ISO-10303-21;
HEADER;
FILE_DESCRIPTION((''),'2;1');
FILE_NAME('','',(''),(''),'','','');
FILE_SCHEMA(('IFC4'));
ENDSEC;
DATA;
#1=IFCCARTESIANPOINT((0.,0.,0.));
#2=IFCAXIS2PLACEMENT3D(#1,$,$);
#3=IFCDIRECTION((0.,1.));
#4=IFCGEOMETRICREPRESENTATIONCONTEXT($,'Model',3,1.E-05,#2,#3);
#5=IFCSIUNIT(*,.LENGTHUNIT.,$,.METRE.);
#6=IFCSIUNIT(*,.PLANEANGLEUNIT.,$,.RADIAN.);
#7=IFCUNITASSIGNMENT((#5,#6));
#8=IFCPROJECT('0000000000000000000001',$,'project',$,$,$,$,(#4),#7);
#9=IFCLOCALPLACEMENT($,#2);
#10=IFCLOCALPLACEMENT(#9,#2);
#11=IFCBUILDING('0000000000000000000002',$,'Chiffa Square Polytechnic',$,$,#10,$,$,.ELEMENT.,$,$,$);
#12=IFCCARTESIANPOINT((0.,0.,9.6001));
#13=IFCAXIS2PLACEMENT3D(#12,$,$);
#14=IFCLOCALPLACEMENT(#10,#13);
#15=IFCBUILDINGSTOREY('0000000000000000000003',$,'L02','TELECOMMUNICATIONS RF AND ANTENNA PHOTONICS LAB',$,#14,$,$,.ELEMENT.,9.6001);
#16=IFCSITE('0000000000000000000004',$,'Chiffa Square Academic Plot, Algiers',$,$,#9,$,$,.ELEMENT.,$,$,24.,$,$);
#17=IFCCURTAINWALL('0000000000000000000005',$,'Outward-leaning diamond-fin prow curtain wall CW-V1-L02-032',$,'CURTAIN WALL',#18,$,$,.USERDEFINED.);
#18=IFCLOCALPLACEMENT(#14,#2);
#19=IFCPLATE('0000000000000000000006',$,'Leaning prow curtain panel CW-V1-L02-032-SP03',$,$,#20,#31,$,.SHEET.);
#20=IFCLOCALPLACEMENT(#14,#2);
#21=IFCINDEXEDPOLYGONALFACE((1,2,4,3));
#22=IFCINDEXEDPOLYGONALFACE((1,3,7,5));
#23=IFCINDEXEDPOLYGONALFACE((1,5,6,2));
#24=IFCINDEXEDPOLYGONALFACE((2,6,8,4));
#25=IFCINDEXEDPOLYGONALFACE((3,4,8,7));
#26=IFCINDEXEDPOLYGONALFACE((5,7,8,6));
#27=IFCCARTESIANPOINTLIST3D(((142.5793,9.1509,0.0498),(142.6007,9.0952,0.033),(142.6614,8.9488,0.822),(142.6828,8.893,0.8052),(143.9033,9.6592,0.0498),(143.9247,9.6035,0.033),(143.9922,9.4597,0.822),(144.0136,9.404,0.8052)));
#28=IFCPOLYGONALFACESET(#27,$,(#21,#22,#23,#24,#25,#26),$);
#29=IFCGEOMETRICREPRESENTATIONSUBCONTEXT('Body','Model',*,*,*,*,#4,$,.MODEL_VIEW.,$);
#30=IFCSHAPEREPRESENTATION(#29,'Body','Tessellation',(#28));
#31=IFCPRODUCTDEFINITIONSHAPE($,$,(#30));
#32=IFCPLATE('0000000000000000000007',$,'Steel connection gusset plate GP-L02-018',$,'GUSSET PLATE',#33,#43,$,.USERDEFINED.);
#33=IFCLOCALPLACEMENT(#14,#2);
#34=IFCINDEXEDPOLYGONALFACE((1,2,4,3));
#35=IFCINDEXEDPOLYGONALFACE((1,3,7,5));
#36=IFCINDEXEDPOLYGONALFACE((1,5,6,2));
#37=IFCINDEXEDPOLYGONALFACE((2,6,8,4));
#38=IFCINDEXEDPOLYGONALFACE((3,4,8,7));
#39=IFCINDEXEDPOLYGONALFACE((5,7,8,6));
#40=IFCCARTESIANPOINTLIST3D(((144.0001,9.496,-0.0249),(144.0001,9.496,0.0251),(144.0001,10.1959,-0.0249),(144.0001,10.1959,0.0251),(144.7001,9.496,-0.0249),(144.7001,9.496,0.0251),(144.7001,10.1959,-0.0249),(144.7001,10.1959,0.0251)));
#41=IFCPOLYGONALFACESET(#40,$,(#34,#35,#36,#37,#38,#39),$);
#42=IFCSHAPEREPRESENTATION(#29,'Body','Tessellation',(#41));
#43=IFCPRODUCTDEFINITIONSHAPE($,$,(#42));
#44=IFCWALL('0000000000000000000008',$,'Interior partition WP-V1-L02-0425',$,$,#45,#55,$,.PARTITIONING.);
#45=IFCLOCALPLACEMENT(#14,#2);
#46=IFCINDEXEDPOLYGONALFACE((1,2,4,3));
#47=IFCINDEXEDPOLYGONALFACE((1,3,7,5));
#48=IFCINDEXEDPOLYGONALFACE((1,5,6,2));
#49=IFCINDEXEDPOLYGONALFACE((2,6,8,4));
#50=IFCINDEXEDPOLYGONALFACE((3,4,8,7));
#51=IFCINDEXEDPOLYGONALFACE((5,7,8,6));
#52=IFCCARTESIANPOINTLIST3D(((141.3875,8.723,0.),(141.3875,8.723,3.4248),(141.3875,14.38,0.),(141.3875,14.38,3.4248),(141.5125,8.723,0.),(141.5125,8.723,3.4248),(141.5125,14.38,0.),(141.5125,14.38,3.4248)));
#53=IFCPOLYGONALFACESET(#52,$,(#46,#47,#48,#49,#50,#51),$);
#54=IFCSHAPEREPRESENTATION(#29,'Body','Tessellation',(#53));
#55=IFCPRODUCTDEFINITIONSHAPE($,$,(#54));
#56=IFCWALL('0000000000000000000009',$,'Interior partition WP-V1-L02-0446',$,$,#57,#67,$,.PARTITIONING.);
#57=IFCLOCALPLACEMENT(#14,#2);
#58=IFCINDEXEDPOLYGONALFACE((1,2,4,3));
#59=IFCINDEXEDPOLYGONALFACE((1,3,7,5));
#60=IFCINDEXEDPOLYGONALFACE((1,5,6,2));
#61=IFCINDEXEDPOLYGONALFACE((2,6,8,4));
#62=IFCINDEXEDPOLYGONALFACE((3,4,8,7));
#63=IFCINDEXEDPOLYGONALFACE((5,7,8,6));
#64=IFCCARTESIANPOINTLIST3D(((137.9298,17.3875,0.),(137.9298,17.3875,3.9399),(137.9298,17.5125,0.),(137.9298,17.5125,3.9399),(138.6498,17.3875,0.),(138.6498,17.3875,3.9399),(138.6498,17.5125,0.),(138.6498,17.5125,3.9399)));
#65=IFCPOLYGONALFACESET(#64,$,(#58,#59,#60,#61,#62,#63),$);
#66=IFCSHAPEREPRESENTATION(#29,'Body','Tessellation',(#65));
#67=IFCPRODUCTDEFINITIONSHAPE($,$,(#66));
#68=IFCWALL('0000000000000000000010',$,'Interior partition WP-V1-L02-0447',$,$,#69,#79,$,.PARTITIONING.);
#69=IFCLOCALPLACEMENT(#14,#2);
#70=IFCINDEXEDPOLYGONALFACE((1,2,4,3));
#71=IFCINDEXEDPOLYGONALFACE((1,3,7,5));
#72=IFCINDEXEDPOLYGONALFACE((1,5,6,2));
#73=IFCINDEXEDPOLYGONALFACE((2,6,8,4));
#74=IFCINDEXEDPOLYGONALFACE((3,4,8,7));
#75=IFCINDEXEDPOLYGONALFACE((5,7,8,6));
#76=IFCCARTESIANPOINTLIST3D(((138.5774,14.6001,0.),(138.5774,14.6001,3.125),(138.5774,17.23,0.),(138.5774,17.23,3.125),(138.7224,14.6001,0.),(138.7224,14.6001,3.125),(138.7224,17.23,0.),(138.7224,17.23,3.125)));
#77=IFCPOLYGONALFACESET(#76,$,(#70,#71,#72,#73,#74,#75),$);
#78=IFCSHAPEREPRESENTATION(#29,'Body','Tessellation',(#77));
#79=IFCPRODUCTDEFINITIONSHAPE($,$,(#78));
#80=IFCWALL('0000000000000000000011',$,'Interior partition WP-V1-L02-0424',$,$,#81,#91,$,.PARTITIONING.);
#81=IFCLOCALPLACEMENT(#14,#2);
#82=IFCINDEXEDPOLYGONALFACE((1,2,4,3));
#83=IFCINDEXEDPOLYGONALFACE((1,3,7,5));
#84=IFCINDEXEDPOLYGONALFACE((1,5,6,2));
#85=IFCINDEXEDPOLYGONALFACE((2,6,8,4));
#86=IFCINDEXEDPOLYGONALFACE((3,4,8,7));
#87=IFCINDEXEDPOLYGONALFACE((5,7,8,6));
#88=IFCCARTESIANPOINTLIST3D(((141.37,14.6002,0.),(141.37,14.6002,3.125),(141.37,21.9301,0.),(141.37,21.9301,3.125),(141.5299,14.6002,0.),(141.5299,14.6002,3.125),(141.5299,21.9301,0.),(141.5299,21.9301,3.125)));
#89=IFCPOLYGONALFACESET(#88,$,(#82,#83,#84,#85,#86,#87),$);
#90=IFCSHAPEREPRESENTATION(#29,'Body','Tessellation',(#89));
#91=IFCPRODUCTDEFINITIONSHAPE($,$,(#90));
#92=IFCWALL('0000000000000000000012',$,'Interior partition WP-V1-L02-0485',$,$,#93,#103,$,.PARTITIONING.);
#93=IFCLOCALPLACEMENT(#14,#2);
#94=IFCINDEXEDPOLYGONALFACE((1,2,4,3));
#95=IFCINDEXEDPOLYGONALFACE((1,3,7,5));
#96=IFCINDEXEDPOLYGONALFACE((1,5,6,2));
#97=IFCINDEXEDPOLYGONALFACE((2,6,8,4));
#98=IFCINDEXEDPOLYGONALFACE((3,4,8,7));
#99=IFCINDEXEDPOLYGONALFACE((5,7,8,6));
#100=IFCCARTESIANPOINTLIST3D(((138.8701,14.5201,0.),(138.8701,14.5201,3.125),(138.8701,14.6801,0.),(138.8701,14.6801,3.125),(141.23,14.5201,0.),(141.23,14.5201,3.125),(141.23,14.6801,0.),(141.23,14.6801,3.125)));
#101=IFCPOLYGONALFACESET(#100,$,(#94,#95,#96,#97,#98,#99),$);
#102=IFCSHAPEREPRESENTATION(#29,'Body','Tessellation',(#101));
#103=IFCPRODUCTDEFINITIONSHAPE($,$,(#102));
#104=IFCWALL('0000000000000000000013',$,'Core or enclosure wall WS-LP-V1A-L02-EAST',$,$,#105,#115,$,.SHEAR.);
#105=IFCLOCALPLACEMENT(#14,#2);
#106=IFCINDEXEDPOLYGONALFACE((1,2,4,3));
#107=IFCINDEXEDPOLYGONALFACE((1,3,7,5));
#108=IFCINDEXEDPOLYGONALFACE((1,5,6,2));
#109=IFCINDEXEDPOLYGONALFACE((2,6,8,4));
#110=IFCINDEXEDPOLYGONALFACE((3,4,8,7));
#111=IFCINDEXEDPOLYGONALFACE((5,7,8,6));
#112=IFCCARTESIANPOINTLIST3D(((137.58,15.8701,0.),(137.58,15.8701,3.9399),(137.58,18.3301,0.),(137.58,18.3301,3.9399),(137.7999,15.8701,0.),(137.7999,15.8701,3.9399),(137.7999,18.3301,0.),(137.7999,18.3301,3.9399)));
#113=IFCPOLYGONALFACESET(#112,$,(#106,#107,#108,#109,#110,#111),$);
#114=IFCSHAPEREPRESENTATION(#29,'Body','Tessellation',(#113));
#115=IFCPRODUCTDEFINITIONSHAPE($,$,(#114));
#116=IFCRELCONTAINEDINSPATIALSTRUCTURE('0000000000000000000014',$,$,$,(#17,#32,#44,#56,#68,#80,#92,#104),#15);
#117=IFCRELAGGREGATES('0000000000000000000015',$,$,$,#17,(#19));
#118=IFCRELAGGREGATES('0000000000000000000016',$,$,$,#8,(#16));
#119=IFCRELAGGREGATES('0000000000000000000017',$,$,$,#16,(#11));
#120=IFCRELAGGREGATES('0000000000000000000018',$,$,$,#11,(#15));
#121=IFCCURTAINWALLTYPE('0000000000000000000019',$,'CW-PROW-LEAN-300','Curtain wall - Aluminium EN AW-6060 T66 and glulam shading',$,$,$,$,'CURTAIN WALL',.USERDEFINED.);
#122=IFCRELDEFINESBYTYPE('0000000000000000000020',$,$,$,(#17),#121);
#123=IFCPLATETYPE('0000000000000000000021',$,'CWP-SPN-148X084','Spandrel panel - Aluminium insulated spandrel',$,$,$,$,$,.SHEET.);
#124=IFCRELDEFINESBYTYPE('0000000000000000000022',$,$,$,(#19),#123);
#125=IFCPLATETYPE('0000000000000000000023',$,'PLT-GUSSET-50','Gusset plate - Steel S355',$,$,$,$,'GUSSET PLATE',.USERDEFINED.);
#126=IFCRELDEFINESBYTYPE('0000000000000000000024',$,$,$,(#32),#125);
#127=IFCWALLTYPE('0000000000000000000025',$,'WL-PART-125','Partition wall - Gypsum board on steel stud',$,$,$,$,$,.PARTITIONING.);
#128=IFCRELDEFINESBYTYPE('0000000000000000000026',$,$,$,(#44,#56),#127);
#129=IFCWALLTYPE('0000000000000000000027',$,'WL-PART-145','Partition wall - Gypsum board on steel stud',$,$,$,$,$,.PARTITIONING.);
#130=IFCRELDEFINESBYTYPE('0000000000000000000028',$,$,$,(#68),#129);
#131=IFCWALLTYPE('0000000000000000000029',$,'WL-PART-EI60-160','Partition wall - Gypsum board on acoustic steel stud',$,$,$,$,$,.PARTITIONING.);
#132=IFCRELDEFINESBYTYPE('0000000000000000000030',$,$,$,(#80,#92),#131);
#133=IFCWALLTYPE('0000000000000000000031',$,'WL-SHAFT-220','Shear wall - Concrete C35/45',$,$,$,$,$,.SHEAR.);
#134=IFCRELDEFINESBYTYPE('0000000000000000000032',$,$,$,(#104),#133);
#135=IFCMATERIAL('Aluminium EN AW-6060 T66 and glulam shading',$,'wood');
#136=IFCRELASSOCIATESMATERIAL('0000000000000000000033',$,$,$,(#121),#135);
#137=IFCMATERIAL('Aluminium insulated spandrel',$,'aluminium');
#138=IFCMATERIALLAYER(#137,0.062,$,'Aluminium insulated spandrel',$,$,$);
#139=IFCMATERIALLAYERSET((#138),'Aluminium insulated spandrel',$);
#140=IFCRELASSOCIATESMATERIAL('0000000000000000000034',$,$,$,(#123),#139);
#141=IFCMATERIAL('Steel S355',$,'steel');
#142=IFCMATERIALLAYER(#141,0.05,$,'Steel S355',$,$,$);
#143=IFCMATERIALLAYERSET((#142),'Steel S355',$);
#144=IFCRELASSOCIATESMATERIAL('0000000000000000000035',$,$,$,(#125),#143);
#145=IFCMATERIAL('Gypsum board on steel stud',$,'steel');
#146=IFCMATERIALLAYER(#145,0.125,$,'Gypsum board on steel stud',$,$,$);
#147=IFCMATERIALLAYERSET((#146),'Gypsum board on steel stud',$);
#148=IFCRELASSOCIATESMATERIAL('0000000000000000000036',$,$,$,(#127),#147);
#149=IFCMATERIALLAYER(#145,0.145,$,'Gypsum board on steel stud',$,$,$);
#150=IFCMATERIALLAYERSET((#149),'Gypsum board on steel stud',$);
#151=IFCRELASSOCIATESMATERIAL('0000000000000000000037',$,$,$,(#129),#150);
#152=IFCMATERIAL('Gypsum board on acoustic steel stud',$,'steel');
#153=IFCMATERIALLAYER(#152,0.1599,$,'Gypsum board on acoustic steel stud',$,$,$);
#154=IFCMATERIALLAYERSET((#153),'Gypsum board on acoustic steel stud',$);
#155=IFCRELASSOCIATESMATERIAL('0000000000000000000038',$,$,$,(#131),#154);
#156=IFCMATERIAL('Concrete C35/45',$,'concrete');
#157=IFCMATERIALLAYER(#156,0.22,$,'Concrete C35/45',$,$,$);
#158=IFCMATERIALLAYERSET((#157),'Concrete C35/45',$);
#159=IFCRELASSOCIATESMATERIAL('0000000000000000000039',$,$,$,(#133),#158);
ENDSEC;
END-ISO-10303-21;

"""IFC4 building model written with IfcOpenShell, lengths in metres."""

from ifc_helpers import new_model, si_unit, direction, frame, frame_2d, origin, origin_2d, place, context, subcontext, project, spatial, polyline, rectangle, outline, extrude, material, layer, layer_set, type_object, element, aggregate, save


model = new_model("IFC4")

# Units and contexts
model_context = context("Model", 3, precision=1e-05, world=origin(), true_north=direction((0.0, 1.0)))
body_context = subcontext(model_context, "Body", "Model", "MODEL_VIEW")
ifc_project = project(units=[si_unit("LENGTHUNIT", "METRE"), si_unit("PLANEANGLEUNIT", "RADIAN")], contexts=[model_context])

# Site, building, storey
site_placement = place(None, origin())
site = spatial("IfcSite", under=ifc_project, at=site_placement, Name="Chiffa Square Academic Plot, Algiers", CompositionType="ELEMENT", RefElevation=24.0)
building_placement = place(site_placement, origin())
building = spatial("IfcBuilding", under=site, at=building_placement, Name="Chiffa Square Polytechnic", CompositionType="ELEMENT")
storey_placement = place(building_placement, frame((0.0, 0.0, 9.6001)))
storey = spatial("IfcBuildingStorey", under=building, at=storey_placement, Name="L02", Description="TELECOMMUNICATIONS RF AND ANTENNA PHOTONICS LAB", CompositionType="ELEMENT", Elevation=9.6001)

# Shared definitions
ifc_material_1 = material(Name="Concrete C35/45", Category="concrete")

# Curtain wall
ifc_material_2 = material(Name="Aluminium EN AW-6060 T66 and glulam shading", Category="wood")
curtain_wall_type_1 = type_object("IfcCurtainWallType", Name="CW-PROW-LEAN-300", Description="Curtain wall - Aluminium EN AW-6060 T66 and glulam shading", ElementType="CURTAIN WALL", PredefinedType="USERDEFINED", material=ifc_material_2)
curtain_wall_1_placement = place(storey_placement, origin())
curtain_wall_1 = element("IfcCurtainWall", 1, at=curtain_wall_1_placement, inside=storey, type_object=curtain_wall_type_1, Name="Outward-leaning diamond-fin prow curtain wall CW-V1-L02-032", ObjectType="CURTAIN WALL", PredefinedType="USERDEFINED")

# Shared definitions
ifc_material_3 = material(Name="Steel S355", Category="steel")

# Plates
ifc_material_4 = material(Name="Aluminium insulated spandrel", Category="aluminium")
ifc_layer_1 = layer(ifc_material_4, 0.062, Name="Aluminium insulated spandrel")
ifc_layer_set_1 = layer_set([ifc_layer_1], Name="Aluminium insulated spandrel")
plate_type_1 = type_object("IfcPlateType", Name="CWP-SPN-148X084", Description="Spandrel panel - Aluminium insulated spandrel", PredefinedType="SHEET", material=ifc_layer_set_1)
plate_1_placement = place(storey_placement, frame((142.5793, 9.1509, 0.0498), z_axis=(-0.34494, 0.898413, 0.271791), x_axis=(0.933556, 0.358431, 0.000005)))
plate_1 = element("IfcPlate", 2, at=plate_1_placement, type_object=plate_type_1, Name="Leaning prow curtain panel CW-V1-L02-032-SP03", PredefinedType="SHEET", context=body_context, shape_type="SweptSolid", body=[
    extrude(outline(polyline([(0.0, 0.0), (1.4182, 0.0), (1.4297, -0.8024), (0.0041, -0.8024), (0.0, 0.0)])), origin(), (0.0, 0.0, -1.0), 0.062),
])
aggregate(curtain_wall_1, [plate_1])
ifc_layer_2 = layer(ifc_material_3, 0.05, Name="Steel S355")
ifc_layer_set_2 = layer_set([ifc_layer_2], Name="Steel S355")
plate_type_2 = type_object("IfcPlateType", Name="PLT-GUSSET-50", Description="Gusset plate - Steel S355", ElementType="GUSSET PLATE", PredefinedType="USERDEFINED", material=ifc_layer_set_2)
plate_2_placement = place(storey_placement, frame((144.3501, 9.8459, -0.0249), z_axis=(0.0, 0.0, 1.0), x_axis=(1.0, 0.0, 0.0)))
element("IfcPlate", 3, at=plate_2_placement, inside=storey, type_object=plate_type_2, Name="Steel connection gusset plate GP-L02-018", ObjectType="GUSSET PLATE", PredefinedType="USERDEFINED", context=body_context, shape_type="SweptSolid", body=[
    extrude(rectangle(XDim=0.7, YDim=0.7, at=origin_2d()), origin(), (0.0, 0.0, 1.0), 0.05),
])

# Walls
ifc_material_5 = material(Name="Gypsum board on steel stud", Category="steel")
ifc_layer_3 = layer(ifc_material_5, 0.125, Name="Gypsum board on steel stud")
ifc_layer_set_3 = layer_set([ifc_layer_3], Name="Gypsum board on steel stud")
wall_type_1 = type_object("IfcWallType", Name="WL-PART-125", Description="Partition wall - Gypsum board on steel stud", PredefinedType="PARTITIONING", material=ifc_layer_set_3)
wall_1_placement = place(storey_placement, frame((141.45, 8.7229, 0.0), z_axis=(0.0, 0.0, 1.0), x_axis=(0.0, 1.0, 0.0)))
element("IfcWall", 4, at=wall_1_placement, inside=storey, type_object=wall_type_1, Name="Interior partition WP-V1-L02-0425", PredefinedType="PARTITIONING", context=body_context, shape_type="SweptSolid", body=[
    extrude(rectangle(XDim=5.657, YDim=0.125, at=frame_2d((2.8286, 0.0))), origin(), (0.0, 0.0, 1.0), 3.4248),
])
wall_2_placement = place(storey_placement, frame((137.9299, 17.45, 0.0), z_axis=(0.0, 0.0, 1.0), x_axis=(1.0, 0.0, 0.0)))
element("IfcWall", 5, at=wall_2_placement, inside=storey, type_object=wall_type_1, Name="Interior partition WP-V1-L02-0446", PredefinedType="PARTITIONING", context=body_context, shape_type="SweptSolid", body=[
    extrude(rectangle(XDim=0.72, YDim=0.125, at=frame_2d((0.3599, 0.0))), origin(), (0.0, 0.0, 1.0), 3.9399),
])
ifc_layer_4 = layer(ifc_material_5, 0.145, Name="Gypsum board on steel stud")
ifc_layer_set_4 = layer_set([ifc_layer_4], Name="Gypsum board on steel stud")
wall_type_2 = type_object("IfcWallType", Name="WL-PART-145", Description="Partition wall - Gypsum board on steel stud", PredefinedType="PARTITIONING", material=ifc_layer_set_4)
wall_3_placement = place(storey_placement, frame((138.6499, 14.6001, 0.0), z_axis=(0.0, 0.0, 1.0), x_axis=(0.0, 1.0, 0.0)))
element("IfcWall", 6, at=wall_3_placement, inside=storey, type_object=wall_type_2, Name="Interior partition WP-V1-L02-0447", PredefinedType="PARTITIONING", context=body_context, shape_type="SweptSolid", body=[
    extrude(rectangle(XDim=2.6299, YDim=0.145, at=frame_2d((1.3149, 0.0))), origin(), (0.0, 0.0, 1.0), 3.125),
])
ifc_material_6 = material(Name="Gypsum board on acoustic steel stud", Category="steel")
ifc_layer_5 = layer(ifc_material_6, 0.1599, Name="Gypsum board on acoustic steel stud")
ifc_layer_set_5 = layer_set([ifc_layer_5], Name="Gypsum board on acoustic steel stud")
wall_type_3 = type_object("IfcWallType", Name="WL-PART-EI60-160", Description="Partition wall - Gypsum board on acoustic steel stud", PredefinedType="PARTITIONING", material=ifc_layer_set_5)
wall_4_placement = place(storey_placement, frame((141.45, 14.6001, 0.0), z_axis=(0.0, 0.0, 1.0), x_axis=(0.0, 1.0, 0.0)))
element("IfcWall", 7, at=wall_4_placement, inside=storey, type_object=wall_type_3, Name="Interior partition WP-V1-L02-0424", PredefinedType="PARTITIONING", context=body_context, shape_type="SweptSolid", body=[
    extrude(rectangle(XDim=7.3298, YDim=0.1599, at=frame_2d((3.665, 0.0))), origin(), (0.0, 0.0, 1.0), 3.125),
])
wall_5_placement = place(storey_placement, frame((138.8701, 14.6001, 0.0), z_axis=(0.0, 0.0, 1.0), x_axis=(1.0, 0.0, 0.0)))
element("IfcWall", 8, at=wall_5_placement, inside=storey, type_object=wall_type_3, Name="Interior partition WP-V1-L02-0485", PredefinedType="PARTITIONING", context=body_context, shape_type="SweptSolid", body=[
    extrude(rectangle(XDim=2.3599, YDim=0.1599, at=frame_2d((1.1799, 0.0))), origin(), (0.0, 0.0, 1.0), 3.125),
])
ifc_layer_6 = layer(ifc_material_1, 0.22, Name="Concrete C35/45")
ifc_layer_set_6 = layer_set([ifc_layer_6], Name="Concrete C35/45")
wall_type_4 = type_object("IfcWallType", Name="WL-SHAFT-220", Description="Shear wall - Concrete C35/45", PredefinedType="SHEAR", material=ifc_layer_set_6)
wall_6_placement = place(storey_placement, frame((137.6899, 15.8701, 0.0), z_axis=(0.0, 0.0, 1.0), x_axis=(0.0, 1.0, 0.0)))
element("IfcWall", 9, at=wall_6_placement, inside=storey, type_object=wall_type_4, Name="Core or enclosure wall WS-LP-V1A-L02-EAST", PredefinedType="SHEAR", context=body_context, shape_type="SweptSolid", body=[
    extrude(rectangle(XDim=2.46, YDim=0.22, at=frame_2d((1.23, 0.0))), origin(), (0.0, 0.0, 1.0), 3.9399),
])

save(model, "model.ifc")
